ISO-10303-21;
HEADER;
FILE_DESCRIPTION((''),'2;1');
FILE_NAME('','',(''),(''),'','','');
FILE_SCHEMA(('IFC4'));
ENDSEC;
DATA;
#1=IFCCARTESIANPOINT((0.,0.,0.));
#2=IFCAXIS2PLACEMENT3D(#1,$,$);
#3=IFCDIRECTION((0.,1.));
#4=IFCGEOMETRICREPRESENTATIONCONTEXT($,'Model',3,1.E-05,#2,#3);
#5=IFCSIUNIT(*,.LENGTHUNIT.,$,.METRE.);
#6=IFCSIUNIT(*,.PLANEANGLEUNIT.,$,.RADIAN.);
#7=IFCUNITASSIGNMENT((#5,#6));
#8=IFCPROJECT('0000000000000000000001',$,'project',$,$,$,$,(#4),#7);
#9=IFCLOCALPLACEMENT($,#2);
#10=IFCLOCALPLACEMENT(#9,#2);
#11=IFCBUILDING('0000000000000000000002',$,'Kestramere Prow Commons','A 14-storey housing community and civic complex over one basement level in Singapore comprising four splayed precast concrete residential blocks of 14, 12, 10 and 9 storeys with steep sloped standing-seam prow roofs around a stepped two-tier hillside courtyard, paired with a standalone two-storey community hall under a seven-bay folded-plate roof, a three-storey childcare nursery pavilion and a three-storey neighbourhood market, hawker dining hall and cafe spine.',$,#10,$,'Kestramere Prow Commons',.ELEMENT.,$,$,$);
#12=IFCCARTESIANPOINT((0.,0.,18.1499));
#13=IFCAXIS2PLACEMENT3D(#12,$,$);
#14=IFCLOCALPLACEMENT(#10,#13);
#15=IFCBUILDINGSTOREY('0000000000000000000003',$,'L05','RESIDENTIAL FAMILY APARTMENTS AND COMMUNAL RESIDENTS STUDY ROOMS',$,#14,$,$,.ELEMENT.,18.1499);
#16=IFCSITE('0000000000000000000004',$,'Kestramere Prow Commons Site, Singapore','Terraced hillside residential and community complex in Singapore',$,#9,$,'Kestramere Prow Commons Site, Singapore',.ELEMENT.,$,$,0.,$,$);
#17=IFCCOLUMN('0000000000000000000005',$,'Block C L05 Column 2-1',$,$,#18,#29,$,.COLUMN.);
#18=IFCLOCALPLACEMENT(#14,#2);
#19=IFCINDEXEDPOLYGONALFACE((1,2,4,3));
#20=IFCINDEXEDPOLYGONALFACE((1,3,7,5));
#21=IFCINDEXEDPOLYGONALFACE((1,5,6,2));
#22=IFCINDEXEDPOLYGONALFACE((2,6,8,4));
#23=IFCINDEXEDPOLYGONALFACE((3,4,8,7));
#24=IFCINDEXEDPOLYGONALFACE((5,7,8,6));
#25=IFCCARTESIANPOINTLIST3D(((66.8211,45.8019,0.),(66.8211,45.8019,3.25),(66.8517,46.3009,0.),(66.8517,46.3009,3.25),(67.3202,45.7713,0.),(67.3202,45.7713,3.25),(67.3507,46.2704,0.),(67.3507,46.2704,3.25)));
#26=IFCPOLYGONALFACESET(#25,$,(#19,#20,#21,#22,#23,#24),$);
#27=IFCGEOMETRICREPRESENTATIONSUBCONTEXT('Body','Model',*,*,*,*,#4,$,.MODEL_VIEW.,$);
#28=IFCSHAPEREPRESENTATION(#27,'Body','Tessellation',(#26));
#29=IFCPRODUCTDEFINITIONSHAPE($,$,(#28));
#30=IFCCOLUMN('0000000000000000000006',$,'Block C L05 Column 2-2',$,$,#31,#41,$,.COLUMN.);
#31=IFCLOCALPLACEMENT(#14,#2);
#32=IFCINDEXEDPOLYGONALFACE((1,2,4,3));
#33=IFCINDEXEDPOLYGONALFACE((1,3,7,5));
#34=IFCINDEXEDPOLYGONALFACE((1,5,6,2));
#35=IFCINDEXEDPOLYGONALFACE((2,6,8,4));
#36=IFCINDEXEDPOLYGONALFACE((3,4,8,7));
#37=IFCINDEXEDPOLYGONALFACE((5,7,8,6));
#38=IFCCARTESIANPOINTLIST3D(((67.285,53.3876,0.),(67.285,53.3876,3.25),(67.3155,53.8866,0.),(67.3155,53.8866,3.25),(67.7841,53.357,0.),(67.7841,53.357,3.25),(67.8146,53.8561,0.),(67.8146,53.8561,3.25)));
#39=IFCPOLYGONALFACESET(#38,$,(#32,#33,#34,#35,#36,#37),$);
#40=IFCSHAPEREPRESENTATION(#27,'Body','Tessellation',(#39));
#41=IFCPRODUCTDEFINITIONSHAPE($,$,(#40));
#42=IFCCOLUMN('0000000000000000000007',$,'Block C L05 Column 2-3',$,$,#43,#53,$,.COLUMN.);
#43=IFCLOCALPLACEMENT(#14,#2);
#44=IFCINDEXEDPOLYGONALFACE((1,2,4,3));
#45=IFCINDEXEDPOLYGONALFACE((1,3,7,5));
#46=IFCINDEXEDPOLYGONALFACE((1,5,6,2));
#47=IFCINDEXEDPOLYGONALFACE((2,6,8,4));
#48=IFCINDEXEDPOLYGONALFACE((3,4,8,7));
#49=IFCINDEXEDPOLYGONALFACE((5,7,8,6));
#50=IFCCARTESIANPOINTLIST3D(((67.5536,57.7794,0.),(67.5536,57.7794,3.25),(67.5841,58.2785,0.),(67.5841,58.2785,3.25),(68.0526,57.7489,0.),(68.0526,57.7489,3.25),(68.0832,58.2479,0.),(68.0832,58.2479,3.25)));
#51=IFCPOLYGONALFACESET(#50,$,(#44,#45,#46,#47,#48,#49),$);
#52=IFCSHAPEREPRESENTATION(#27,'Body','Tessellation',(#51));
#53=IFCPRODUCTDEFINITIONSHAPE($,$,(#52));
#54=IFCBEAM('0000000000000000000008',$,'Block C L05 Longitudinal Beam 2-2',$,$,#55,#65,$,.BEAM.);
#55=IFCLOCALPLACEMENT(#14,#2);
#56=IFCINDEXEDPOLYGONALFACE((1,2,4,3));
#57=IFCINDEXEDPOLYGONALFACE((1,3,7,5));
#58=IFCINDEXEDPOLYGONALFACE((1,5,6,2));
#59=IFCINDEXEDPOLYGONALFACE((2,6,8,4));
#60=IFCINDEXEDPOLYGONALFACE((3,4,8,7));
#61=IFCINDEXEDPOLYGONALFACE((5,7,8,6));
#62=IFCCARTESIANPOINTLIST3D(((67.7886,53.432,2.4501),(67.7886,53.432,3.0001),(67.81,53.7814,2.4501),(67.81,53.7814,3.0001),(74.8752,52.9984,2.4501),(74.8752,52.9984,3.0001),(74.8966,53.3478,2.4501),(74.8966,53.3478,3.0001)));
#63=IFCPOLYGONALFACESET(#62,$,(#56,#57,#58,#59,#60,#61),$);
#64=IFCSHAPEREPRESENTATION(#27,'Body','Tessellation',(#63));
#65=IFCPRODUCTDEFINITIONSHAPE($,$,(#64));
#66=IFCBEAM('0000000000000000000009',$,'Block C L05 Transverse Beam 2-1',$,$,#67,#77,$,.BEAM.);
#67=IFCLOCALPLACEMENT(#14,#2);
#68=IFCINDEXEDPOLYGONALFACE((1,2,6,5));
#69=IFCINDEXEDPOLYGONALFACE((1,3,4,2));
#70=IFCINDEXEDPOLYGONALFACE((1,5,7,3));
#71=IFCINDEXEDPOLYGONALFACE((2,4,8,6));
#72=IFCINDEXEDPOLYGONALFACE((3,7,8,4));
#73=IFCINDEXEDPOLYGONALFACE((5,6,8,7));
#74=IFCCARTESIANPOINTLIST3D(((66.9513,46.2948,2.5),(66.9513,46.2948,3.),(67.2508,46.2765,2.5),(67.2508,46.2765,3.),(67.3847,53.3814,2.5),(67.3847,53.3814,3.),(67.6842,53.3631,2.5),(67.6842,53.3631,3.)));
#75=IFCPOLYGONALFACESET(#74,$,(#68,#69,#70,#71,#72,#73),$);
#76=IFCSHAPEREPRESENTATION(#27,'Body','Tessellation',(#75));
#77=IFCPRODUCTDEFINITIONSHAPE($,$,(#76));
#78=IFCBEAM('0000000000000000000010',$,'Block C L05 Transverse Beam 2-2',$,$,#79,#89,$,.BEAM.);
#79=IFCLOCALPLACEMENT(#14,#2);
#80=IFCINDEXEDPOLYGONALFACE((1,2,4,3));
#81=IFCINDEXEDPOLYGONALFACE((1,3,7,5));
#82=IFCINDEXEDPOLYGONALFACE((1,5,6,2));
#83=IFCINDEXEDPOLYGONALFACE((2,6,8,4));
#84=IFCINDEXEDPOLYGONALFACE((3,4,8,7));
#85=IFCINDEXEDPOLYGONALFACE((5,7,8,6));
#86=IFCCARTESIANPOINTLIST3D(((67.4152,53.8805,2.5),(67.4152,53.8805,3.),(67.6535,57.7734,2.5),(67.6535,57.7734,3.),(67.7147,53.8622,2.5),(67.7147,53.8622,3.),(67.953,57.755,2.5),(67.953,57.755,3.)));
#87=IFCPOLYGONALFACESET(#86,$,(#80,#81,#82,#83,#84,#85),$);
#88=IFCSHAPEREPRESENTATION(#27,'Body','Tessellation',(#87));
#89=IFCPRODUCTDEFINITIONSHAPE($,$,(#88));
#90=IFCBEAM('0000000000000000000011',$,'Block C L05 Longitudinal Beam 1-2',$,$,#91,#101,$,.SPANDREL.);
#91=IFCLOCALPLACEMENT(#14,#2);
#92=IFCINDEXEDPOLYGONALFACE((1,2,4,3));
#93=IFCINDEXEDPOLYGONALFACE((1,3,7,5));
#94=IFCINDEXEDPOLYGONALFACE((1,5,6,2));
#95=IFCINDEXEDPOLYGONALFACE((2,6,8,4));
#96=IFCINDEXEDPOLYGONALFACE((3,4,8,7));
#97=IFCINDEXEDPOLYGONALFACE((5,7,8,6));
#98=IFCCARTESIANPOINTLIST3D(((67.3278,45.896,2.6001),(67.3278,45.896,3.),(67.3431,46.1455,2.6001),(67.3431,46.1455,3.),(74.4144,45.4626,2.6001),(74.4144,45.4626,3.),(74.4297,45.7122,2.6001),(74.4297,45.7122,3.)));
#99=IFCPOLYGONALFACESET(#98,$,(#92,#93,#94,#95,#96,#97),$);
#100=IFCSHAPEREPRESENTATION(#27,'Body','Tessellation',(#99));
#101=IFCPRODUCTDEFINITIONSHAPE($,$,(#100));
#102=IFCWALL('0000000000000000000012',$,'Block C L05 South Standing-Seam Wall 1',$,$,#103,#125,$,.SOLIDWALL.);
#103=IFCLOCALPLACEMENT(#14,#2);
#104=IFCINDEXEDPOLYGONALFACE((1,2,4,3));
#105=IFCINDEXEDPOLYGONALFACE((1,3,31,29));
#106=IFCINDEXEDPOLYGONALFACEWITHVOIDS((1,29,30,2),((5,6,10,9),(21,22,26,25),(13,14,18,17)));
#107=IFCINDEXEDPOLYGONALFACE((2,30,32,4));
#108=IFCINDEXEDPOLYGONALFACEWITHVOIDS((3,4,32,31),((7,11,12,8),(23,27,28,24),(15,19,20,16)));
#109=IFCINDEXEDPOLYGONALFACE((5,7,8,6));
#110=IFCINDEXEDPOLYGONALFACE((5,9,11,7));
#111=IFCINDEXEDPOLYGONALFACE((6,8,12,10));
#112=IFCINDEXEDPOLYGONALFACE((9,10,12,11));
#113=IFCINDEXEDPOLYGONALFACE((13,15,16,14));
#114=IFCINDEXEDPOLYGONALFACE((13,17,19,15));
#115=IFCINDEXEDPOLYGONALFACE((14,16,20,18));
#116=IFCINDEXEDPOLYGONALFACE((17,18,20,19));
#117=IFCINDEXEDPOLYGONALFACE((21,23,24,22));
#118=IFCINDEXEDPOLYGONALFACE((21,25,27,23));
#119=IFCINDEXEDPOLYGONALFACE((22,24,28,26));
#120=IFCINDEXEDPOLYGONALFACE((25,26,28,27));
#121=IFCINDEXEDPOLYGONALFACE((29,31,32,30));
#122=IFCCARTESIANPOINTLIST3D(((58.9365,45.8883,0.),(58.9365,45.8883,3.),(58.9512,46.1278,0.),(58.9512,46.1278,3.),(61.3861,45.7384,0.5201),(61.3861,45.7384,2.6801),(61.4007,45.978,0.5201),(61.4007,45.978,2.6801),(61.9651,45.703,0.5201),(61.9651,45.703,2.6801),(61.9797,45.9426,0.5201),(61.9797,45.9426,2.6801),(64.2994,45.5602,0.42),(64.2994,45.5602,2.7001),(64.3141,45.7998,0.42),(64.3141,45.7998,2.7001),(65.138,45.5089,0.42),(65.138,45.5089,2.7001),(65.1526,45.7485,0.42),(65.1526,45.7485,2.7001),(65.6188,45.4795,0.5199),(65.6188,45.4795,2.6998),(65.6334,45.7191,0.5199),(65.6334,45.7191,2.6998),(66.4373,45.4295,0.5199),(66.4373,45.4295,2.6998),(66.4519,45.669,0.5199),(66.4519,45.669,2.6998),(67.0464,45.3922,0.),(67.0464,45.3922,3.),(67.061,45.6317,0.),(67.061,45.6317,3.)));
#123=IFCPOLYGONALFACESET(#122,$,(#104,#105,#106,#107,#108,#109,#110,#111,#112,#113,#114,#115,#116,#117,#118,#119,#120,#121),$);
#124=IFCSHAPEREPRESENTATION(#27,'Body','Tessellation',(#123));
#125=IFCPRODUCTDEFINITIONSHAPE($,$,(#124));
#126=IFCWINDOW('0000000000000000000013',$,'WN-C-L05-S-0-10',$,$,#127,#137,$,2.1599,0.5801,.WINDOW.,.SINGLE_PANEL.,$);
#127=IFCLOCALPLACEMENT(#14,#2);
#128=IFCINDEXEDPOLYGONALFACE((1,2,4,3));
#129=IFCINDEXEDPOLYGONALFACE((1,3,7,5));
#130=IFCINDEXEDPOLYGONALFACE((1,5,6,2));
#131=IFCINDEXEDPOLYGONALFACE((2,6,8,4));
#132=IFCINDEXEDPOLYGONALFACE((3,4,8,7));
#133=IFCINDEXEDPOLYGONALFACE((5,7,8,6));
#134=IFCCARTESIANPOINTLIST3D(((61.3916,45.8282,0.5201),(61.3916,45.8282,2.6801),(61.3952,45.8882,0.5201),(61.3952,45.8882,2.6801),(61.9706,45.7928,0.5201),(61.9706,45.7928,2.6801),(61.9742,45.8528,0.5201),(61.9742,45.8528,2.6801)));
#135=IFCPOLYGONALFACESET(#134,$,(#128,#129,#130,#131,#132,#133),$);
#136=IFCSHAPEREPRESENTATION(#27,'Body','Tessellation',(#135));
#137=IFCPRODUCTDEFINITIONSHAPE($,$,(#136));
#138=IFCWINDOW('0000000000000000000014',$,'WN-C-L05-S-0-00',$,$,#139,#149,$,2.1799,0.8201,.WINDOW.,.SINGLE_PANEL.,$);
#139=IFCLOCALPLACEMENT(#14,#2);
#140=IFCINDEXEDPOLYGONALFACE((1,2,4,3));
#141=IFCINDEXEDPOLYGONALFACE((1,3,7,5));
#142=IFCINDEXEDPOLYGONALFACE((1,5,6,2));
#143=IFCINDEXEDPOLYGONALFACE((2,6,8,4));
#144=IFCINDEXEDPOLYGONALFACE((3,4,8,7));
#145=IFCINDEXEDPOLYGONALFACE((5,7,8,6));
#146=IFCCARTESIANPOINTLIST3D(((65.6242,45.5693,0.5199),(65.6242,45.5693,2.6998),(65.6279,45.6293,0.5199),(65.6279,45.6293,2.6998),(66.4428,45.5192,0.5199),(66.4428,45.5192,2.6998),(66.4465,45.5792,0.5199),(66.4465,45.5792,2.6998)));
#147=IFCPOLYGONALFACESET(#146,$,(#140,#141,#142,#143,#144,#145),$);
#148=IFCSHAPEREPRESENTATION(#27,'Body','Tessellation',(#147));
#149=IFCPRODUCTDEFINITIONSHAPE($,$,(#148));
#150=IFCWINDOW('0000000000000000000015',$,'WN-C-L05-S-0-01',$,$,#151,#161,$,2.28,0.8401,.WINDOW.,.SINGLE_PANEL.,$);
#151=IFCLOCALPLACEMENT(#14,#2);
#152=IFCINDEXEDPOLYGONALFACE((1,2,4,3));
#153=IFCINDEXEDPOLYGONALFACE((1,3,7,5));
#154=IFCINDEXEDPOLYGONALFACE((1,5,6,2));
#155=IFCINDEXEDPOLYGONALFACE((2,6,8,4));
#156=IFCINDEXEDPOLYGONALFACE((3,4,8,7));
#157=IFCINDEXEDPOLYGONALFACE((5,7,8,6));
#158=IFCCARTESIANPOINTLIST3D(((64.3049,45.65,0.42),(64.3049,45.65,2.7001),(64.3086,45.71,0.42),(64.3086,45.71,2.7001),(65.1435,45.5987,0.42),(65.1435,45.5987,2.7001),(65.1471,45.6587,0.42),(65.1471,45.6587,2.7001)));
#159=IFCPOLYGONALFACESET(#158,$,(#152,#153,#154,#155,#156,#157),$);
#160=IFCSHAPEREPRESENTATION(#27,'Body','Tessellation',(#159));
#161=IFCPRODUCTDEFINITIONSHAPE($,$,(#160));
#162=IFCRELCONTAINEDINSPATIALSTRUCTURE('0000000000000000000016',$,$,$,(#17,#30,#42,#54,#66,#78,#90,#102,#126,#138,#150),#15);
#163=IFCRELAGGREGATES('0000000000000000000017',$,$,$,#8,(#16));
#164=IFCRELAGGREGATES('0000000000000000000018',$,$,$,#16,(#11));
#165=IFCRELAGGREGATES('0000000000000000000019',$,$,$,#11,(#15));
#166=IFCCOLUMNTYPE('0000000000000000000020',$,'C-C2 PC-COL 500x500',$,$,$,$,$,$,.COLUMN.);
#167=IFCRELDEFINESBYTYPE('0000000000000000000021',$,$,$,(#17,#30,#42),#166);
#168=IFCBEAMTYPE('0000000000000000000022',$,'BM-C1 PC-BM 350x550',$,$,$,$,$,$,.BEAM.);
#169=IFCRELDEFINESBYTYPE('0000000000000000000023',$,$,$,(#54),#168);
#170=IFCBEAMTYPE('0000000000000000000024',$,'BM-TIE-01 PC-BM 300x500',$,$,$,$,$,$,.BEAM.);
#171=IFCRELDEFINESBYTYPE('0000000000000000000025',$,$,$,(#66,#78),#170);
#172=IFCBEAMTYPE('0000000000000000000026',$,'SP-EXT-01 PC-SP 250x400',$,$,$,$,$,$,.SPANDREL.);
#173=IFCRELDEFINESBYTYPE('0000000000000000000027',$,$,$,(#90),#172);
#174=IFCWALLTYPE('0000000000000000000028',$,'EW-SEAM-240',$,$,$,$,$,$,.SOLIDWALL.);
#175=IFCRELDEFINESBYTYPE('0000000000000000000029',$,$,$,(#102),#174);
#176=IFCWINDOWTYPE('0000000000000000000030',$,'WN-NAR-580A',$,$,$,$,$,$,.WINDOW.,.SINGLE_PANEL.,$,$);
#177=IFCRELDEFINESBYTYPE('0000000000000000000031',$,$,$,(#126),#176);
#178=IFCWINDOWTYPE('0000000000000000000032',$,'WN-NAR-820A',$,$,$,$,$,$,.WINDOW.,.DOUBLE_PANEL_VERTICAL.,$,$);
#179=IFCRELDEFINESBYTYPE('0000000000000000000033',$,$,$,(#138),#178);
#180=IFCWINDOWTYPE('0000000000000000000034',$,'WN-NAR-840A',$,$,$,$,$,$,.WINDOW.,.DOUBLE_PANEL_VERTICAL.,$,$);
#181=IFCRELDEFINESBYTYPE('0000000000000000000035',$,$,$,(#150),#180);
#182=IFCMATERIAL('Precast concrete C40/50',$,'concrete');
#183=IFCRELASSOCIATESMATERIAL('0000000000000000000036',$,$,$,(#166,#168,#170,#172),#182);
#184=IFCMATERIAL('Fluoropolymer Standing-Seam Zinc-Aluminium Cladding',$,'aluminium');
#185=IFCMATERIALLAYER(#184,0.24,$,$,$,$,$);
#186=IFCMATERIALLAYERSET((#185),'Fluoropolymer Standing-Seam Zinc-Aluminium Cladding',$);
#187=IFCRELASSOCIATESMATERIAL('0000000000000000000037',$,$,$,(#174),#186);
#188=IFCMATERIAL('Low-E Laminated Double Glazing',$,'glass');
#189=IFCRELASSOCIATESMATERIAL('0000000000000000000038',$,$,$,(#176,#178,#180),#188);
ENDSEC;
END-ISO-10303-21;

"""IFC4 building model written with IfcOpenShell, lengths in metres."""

from ifc_helpers import new_model, si_unit, direction, frame, frame_2d, origin, origin_2d, place, context, subcontext, project, spatial, rectangle, extrude, material, layer, layer_set, material_profile, profile_set, type_object, element, fill, save


model = new_model("IFC4")

# Units and contexts
model_context = context("Model", 3, precision=1e-05, world=origin(), true_north=direction((0.0, 1.0)))
body_context = subcontext(model_context, "Body", "Model", "MODEL_VIEW")
ifc_project = project(units=[si_unit("LENGTHUNIT", "METRE"), si_unit("PLANEANGLEUNIT", "RADIAN")], contexts=[model_context])

# Site, building, storey
site_placement = place(None, origin())
site = spatial("IfcSite", under=ifc_project, at=site_placement, Name="Kestramere Prow Commons Site, Singapore", Description="Terraced hillside residential and community complex in Singapore", LongName="Kestramere Prow Commons Site, Singapore", CompositionType="ELEMENT", RefElevation=0.0)
building_placement = place(site_placement, origin())
building = spatial("IfcBuilding", under=site, at=building_placement, Name="Kestramere Prow Commons", Description="A 14-storey housing community and civic complex over one basement level in Singapore comprising four splayed precast concrete residential blocks of 14, 12, 10 and 9 storeys with steep sloped standing-seam prow roofs around a stepped two-tier hillside courtyard, paired with a standalone two-storey community hall under a seven-bay folded-plate roof, a three-storey childcare nursery pavilion and a three-storey neighbourhood market, hawker dining hall and cafe spine.", LongName="Kestramere Prow Commons", CompositionType="ELEMENT")
storey_placement = place(building_placement, frame((0.0, 0.0, 18.1499)))
storey = spatial("IfcBuildingStorey", under=building, at=storey_placement, Name="L05", Description="RESIDENTIAL FAMILY APARTMENTS AND COMMUNAL RESIDENTS STUDY ROOMS", CompositionType="ELEMENT", Elevation=18.1499)

# Columns
ifc_material_1 = material(Name="Precast concrete C40/50", Category="concrete")
ifc_material_profile_1 = material_profile(ifc_material_1, rectangle(XDim=0.5, YDim=0.5, at=origin_2d()), Name="PC-COL 500x500")
ifc_profile_set_1 = profile_set([ifc_material_profile_1], Name="Precast concrete C40/50")
column_type = type_object("IfcColumnType", Name="C-C2 PC-COL 500x500", PredefinedType="COLUMN", material=ifc_profile_set_1)
for number, where, z_axis, x_axis, name in (
    (1, (67.0859, 46.0361, 0.0), (0.0, 0.0, 1.0), (0.998135, -0.061049, 0.0), "Block C L05 Column 2-1"),
    (2, (67.5498, 53.6218, 0.0), (0.0, 0.0, 1.0), (0.998135, -0.061049, 0.0), "Block C L05 Column 2-2"),
    (3, (67.8184, 58.0137, 0.0), (0.0, 0.0, 1.0), (0.998135, -0.061049, 0.0), "Block C L05 Column 2-3"),
):
    element("IfcColumn", number, at=place(storey_placement, frame(where, z_axis=z_axis, x_axis=x_axis)), inside=storey, type_object=column_type, Name=name, PredefinedType="COLUMN", context=body_context, shape_type="SweptSolid", body=[
        extrude(rectangle(XDim=0.5, YDim=0.5, at=origin_2d()), origin(), (0.0, 0.0, 1.0), 3.25),
    ])

# Beams
ifc_material_profile_2 = material_profile(ifc_material_1, rectangle(XDim=0.3501, YDim=0.55, at=origin_2d()), Name="PC-BM 350x550")
ifc_profile_set_2 = profile_set([ifc_material_profile_2], Name="Precast concrete C40/50")
beam_type_1 = type_object("IfcBeamType", Name="BM-C1 PC-BM 350x550", PredefinedType="BEAM", material=ifc_profile_set_2)
beam_1_placement = place(storey_placement, frame((67.7993, 53.6067, 2.7251), z_axis=(0.998133, -0.06107, 0.0), x_axis=(0.06107, 0.998133, 0.0)))
element("IfcBeam", 4, at=beam_1_placement, inside=storey, type_object=beam_type_1, Name="Block C L05 Longitudinal Beam 2-2", PredefinedType="BEAM", context=body_context, shape_type="SweptSolid", body=[
    extrude(rectangle(XDim=0.3501, YDim=0.55, at=origin_2d()), origin(), (0.0, 0.0, 1.0), 7.0999),
])
ifc_material_profile_3 = material_profile(ifc_material_1, rectangle(XDim=0.3, YDim=0.5, at=origin_2d()), Name="PC-BM 300x500")
ifc_profile_set_3 = profile_set([ifc_material_profile_3], Name="Precast concrete C40/50")
beam_type_2 = type_object("IfcBeamType", Name="BM-TIE-01 PC-BM 300x500", PredefinedType="BEAM", material=ifc_profile_set_3)
beam_2_placement = place(storey_placement, frame((67.1011, 46.2856, 2.75), z_axis=(0.061036, 0.998136, 0.0), x_axis=(-0.998136, 0.061036, 0.0)))
element("IfcBeam", 5, at=beam_2_placement, inside=storey, type_object=beam_type_2, Name="Block C L05 Transverse Beam 2-1", PredefinedType="BEAM", context=body_context, shape_type="SweptSolid", body=[
    extrude(rectangle(XDim=0.3, YDim=0.5, at=origin_2d()), origin(), (0.0, 0.0, 1.0), 7.0999),
])
beam_3_placement = place(storey_placement, frame((67.5649, 53.8713, 2.75), z_axis=(0.061096, 0.998132, 0.0), x_axis=(-0.998132, 0.061096, 0.0)))
element("IfcBeam", 6, at=beam_3_placement, inside=storey, type_object=beam_type_2, Name="Block C L05 Transverse Beam 2-2", PredefinedType="BEAM", context=body_context, shape_type="SweptSolid", body=[
    extrude(rectangle(XDim=0.3, YDim=0.5, at=origin_2d()), origin(), (0.0, 0.0, 1.0), 3.9001),
])
ifc_material_profile_4 = material_profile(ifc_material_1, rectangle(XDim=0.25, YDim=0.3999, at=origin_2d()), Name="PC-SP 250x400")
ifc_profile_set_4 = profile_set([ifc_material_profile_4], Name="Precast concrete C40/50")
beam_type_3 = type_object("IfcBeamType", Name="SP-EXT-01 PC-SP 250x400", PredefinedType="SPANDREL", material=ifc_profile_set_4)
beam_4_placement = place(storey_placement, frame((67.3354, 46.0208, 2.8), z_axis=(0.998136, -0.061036, 0.0), x_axis=(0.061036, 0.998136, 0.0)))
element("IfcBeam", 7, at=beam_4_placement, inside=storey, type_object=beam_type_3, Name="Block C L05 Longitudinal Beam 1-2", PredefinedType="SPANDREL", context=body_context, shape_type="SweptSolid", body=[
    extrude(rectangle(XDim=0.25, YDim=0.3999, at=origin_2d()), origin(), (0.0, 0.0, 1.0), 7.0999),
])

# Wall, openings, windows
ifc_material_2 = material(Name="Fluoropolymer Standing-Seam Zinc-Aluminium Cladding", Category="aluminium")
ifc_layer_1 = layer(ifc_material_2, 0.24)
ifc_layer_set_1 = layer_set([ifc_layer_1], Name="Fluoropolymer Standing-Seam Zinc-Aluminium Cladding")
wall_type_1 = type_object("IfcWallType", Name="EW-SEAM-240", PredefinedType="SOLIDWALL", material=ifc_layer_set_1)
wall_1_placement = place(storey_placement, frame((67.0537, 45.512, 0.0), z_axis=(0.0, 0.0, 1.0), x_axis=(-0.998134, 0.061058, 0.0)))
wall_1 = element("IfcWall", 8, at=wall_1_placement, inside=storey, type_object=wall_type_1, Name="Block C L05 South Standing-Seam Wall 1", PredefinedType="SOLIDWALL", context=body_context, shape_type="SweptSolid", body=[
    extrude(rectangle(XDim=8.125, YDim=0.24, at=frame_2d((4.0625, 0.0))), origin(), (0.0, 0.0, 1.0), 3.0),
])
opening_1_placement = place(wall_1_placement, frame((0.6101, 0.0, 0.52)))
opening_1 = element("IfcOpeningElement", 9, at=opening_1_placement, cuts=wall_1, PredefinedType="OPENING", context=body_context, shape_type="SweptSolid", body=[
    extrude(rectangle(XDim=0.8201, YDim=2.1799, at=frame_2d((0.4102, 1.0898))), frame((0.0, 0.135, 0.0), z_axis=(0.0, -1.0, 0.0), x_axis=(1.0, 0.0, 0.0)), (0.0, 0.0, 1.0), 0.27),
])
opening_2_placement = place(wall_1_placement, frame((1.9121, 0.0, 0.4199)))
opening_2 = element("IfcOpeningElement", 10, at=opening_2_placement, cuts=wall_1, PredefinedType="OPENING", context=body_context, shape_type="SweptSolid", body=[
    extrude(rectangle(XDim=0.8401, YDim=2.28, at=frame_2d((0.4199, 1.1401))), frame((0.0, 0.135, 0.0), z_axis=(0.0, -1.0, 0.0), x_axis=(1.0, 0.0, 0.0)), (0.0, 0.0, 1.0), 0.27),
])
opening_3_placement = place(wall_1_placement, frame((5.0908, 0.0, 0.52)))
opening_3 = element("IfcOpeningElement", 11, at=opening_3_placement, cuts=wall_1, PredefinedType="OPENING", context=body_context, shape_type="SweptSolid", body=[
    extrude(rectangle(XDim=0.5801, YDim=2.1599, at=frame_2d((0.29, 1.0801))), frame((0.0, 0.135, 0.0), z_axis=(0.0, -1.0, 0.0), x_axis=(1.0, 0.0, 0.0)), (0.0, 0.0, 1.0), 0.27),
])
ifc_material_3 = material(Name="Low-E Laminated Double Glazing", Category="glass")
window_type_1 = type_object("IfcWindowType", Name="WN-NAR-580A", PartitioningType="SINGLE_PANEL", PredefinedType="WINDOW", material=ifc_material_3)
window_1_placement = place(opening_3_placement, origin())
window_1 = element("IfcWindow", 12, at=window_1_placement, inside=storey, type_object=window_type_1, Name="WN-C-L05-S-0-10", OverallHeight=2.1599, OverallWidth=0.5801, PartitioningType="SINGLE_PANEL", PredefinedType="WINDOW", context=body_context, shape_type="SweptSolid", body=[
    extrude(rectangle(XDim=0.5801, YDim=2.1599, at=frame_2d((0.29, 1.0801))), frame((0.0, 0.03, 0.0), z_axis=(0.0, -1.0, 0.0), x_axis=(1.0, 0.0, 0.0)), (0.0, 0.0, 1.0), 0.0601),
])
fill(opening_3, window_1)
window_type_2 = type_object("IfcWindowType", Name="WN-NAR-820A", PartitioningType="DOUBLE_PANEL_VERTICAL", PredefinedType="WINDOW", material=ifc_material_3)
window_2_placement = place(opening_1_placement, origin())
window_2 = element("IfcWindow", 13, at=window_2_placement, inside=storey, type_object=window_type_2, Name="WN-C-L05-S-0-00", OverallHeight=2.1799, OverallWidth=0.8201, PartitioningType="SINGLE_PANEL", PredefinedType="WINDOW", context=body_context, shape_type="SweptSolid", body=[
    extrude(rectangle(XDim=0.8201, YDim=2.1799, at=frame_2d((0.4102, 1.0898))), frame((0.0, 0.03, 0.0), z_axis=(0.0, -1.0, 0.0), x_axis=(1.0, 0.0, 0.0)), (0.0, 0.0, 1.0), 0.0601),
])
fill(opening_1, window_2)
window_type_3 = type_object("IfcWindowType", Name="WN-NAR-840A", PartitioningType="DOUBLE_PANEL_VERTICAL", PredefinedType="WINDOW", material=ifc_material_3)
window_3_placement = place(opening_2_placement, origin())
window_3 = element("IfcWindow", 14, at=window_3_placement, inside=storey, type_object=window_type_3, Name="WN-C-L05-S-0-01", OverallHeight=2.28, OverallWidth=0.8401, PartitioningType="SINGLE_PANEL", PredefinedType="WINDOW", context=body_context, shape_type="SweptSolid", body=[
    extrude(rectangle(XDim=0.8401, YDim=2.28, at=frame_2d((0.4199, 1.1401))), frame((0.0, 0.03, 0.0), z_axis=(0.0, -1.0, 0.0), x_axis=(1.0, 0.0, 0.0)), (0.0, 0.0, 1.0), 0.0601),
])
fill(opening_2, window_3)

save(model, "model.ifc")
